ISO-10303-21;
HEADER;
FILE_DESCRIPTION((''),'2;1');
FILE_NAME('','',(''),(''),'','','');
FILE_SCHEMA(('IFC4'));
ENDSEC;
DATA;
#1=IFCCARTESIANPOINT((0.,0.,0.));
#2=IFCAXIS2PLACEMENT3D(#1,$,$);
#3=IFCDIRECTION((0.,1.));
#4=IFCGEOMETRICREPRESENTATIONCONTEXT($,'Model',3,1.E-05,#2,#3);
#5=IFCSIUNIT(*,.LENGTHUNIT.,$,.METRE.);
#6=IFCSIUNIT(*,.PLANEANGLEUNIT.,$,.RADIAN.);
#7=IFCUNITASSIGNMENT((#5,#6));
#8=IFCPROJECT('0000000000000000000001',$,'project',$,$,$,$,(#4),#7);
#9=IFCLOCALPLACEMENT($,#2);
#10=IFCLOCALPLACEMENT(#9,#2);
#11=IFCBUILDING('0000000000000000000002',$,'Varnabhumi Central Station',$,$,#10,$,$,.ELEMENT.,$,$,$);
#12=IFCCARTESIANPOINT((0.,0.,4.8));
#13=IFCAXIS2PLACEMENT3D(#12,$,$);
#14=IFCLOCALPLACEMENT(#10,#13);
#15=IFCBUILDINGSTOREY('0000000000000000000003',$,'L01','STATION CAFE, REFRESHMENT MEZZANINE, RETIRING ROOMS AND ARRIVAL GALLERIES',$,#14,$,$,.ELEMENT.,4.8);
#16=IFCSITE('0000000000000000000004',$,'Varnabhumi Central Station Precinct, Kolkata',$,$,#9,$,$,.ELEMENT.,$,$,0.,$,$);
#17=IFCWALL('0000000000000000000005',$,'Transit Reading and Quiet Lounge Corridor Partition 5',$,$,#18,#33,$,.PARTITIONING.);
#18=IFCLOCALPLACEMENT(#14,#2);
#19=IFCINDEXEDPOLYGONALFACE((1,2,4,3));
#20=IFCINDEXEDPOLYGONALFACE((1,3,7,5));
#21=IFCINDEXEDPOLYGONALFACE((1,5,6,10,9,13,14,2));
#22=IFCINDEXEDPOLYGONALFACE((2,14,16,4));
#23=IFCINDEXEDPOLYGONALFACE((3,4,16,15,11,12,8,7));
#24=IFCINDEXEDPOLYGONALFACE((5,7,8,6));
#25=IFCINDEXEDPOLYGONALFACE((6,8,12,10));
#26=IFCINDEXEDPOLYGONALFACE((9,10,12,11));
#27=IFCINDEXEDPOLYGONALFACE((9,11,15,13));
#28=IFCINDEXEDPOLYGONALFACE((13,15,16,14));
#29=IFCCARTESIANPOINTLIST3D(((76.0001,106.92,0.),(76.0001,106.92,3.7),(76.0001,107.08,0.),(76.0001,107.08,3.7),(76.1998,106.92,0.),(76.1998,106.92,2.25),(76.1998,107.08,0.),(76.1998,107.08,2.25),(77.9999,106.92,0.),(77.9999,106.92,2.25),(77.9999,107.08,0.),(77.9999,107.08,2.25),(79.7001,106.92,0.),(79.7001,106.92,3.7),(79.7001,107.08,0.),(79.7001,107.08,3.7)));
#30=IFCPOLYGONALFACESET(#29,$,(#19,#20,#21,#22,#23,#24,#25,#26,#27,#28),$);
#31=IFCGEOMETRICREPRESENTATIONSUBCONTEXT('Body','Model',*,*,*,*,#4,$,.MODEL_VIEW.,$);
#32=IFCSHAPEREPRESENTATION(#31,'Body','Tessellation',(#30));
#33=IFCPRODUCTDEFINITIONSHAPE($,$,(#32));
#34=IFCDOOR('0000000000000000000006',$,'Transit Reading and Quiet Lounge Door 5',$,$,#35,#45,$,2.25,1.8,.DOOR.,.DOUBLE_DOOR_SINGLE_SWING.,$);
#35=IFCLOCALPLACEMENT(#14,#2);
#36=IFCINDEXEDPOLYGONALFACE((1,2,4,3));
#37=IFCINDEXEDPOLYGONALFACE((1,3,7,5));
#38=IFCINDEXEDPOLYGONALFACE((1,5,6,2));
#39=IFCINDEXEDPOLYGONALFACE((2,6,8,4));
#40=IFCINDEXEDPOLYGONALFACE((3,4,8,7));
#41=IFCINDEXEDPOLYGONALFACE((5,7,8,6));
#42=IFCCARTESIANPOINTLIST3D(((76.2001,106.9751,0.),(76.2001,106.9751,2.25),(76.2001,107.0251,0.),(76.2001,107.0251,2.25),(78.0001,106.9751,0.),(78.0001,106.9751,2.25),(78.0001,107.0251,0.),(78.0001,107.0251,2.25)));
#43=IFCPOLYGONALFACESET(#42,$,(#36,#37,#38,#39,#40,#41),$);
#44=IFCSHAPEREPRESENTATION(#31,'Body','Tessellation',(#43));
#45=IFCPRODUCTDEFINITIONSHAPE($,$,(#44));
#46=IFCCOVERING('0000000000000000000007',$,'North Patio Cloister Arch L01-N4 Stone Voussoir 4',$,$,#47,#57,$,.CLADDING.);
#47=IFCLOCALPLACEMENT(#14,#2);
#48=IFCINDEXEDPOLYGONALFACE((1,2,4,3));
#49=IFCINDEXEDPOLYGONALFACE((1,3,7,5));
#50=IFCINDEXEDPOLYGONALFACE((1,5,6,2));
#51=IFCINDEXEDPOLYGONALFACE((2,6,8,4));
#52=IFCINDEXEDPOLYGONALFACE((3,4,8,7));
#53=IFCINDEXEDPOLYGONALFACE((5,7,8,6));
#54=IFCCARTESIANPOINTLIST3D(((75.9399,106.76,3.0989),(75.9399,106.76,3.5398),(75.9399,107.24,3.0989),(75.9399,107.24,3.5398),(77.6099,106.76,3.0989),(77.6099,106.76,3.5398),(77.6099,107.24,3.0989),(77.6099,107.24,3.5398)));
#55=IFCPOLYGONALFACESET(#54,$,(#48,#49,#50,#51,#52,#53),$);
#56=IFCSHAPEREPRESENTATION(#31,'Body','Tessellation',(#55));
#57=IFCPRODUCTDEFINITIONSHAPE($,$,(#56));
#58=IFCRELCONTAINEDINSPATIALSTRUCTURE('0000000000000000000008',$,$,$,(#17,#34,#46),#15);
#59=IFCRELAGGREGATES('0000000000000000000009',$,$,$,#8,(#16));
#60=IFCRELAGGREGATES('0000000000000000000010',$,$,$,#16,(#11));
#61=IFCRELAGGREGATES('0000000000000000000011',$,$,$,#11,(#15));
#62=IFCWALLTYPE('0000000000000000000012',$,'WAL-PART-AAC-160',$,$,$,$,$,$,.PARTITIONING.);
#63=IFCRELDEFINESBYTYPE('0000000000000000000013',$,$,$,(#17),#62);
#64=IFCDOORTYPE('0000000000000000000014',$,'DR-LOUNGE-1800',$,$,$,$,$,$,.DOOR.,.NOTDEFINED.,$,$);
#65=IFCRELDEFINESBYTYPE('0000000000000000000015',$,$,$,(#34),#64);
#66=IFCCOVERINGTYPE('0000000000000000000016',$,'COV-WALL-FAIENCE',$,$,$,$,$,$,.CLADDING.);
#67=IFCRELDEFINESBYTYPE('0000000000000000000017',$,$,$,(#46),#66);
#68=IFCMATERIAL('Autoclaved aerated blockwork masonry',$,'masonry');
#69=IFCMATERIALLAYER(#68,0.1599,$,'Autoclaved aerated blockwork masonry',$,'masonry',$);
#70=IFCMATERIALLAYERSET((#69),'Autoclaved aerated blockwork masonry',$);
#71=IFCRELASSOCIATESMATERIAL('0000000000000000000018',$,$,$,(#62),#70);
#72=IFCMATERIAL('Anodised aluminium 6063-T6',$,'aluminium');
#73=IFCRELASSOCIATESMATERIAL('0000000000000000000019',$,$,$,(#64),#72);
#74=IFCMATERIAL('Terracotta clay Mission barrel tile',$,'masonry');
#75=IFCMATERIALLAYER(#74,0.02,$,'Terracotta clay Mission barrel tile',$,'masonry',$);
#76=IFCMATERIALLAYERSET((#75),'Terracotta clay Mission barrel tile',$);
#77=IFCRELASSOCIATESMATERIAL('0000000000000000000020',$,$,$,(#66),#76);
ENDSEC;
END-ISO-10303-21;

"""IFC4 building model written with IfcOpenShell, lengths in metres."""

from ifc_helpers import new_model, si_unit, direction, frame, frame_2d, origin, origin_2d, place, context, subcontext, project, spatial, rectangle, extrude, material, layer, layer_set, type_object, element, fill, save


model = new_model("IFC4")

# Units and contexts
model_context = context("Model", 3, precision=1e-05, world=origin(), true_north=direction((0.0, 1.0)))
body_context = subcontext(model_context, "Body", "Model", "MODEL_VIEW")
ifc_project = project(units=[si_unit("LENGTHUNIT", "METRE"), si_unit("PLANEANGLEUNIT", "RADIAN")], contexts=[model_context])

# Site, building, storey
site_placement = place(None, origin())
site = spatial("IfcSite", under=ifc_project, at=site_placement, Name="Varnabhumi Central Station Precinct, Kolkata", CompositionType="ELEMENT", RefElevation=0.0)
building_placement = place(site_placement, origin())
building = spatial("IfcBuilding", under=site, at=building_placement, Name="Varnabhumi Central Station", CompositionType="ELEMENT")
storey_placement = place(building_placement, frame((0.0, 0.0, 4.8)))
storey = spatial("IfcBuildingStorey", under=building, at=storey_placement, Name="L01", Description="STATION CAFE, REFRESHMENT MEZZANINE, RETIRING ROOMS AND ARRIVAL GALLERIES", CompositionType="ELEMENT", Elevation=4.8)

# Shared definitions
ifc_material_1 = material(Name="Anodised aluminium 6063-T6", Category="aluminium")

# Wall, opening, door
ifc_material_2 = material(Name="Autoclaved aerated blockwork masonry", Category="masonry")
ifc_layer_1 = layer(ifc_material_2, 0.1599, Name="Autoclaved aerated blockwork masonry", Category="masonry")
ifc_layer_set_1 = layer_set([ifc_layer_1], Name="Autoclaved aerated blockwork masonry")
wall_type = type_object("IfcWallType", Name="WAL-PART-AAC-160", PredefinedType="PARTITIONING", material=ifc_layer_set_1)
wall_placement = place(storey_placement, frame((76.0, 107.0, 0.0), z_axis=(0.0, 0.0, 1.0), x_axis=(1.0, 0.0, 0.0)))
wall = element("IfcWall", 1, at=wall_placement, inside=storey, type_object=wall_type, Name="Transit Reading and Quiet Lounge Corridor Partition 5", PredefinedType="PARTITIONING", context=body_context, shape_type="SweptSolid", body=[
    extrude(rectangle(XDim=3.7, YDim=0.1599, at=frame_2d((1.8501, 0.0))), origin(), (0.0, 0.0, 1.0), 3.7),
])
opening_placement = place(wall_placement, frame((0.2, 0.0, 0.0)))
opening = element("IfcOpeningElement", 2, at=opening_placement, cuts=wall, PredefinedType="OPENING", context=body_context, shape_type="SweptSolid", body=[
    extrude(rectangle(XDim=1.8, YDim=2.25, at=frame_2d((0.8999, 1.125))), frame((0.0, 0.0898, 0.0), z_axis=(0.0, -1.0, 0.0), x_axis=(1.0, 0.0, 0.0)), (0.0, 0.0, 1.0), 0.1799),
])
door_type = type_object("IfcDoorType", Name="DR-LOUNGE-1800", OperationType="NOTDEFINED", PredefinedType="DOOR", material=ifc_material_1)
door_placement = place(opening_placement, frame((1.8, 0.0, 0.0), z_axis=(0.0, 0.0, 1.0), x_axis=(-1.0, 0.0, 0.0)))
door = element("IfcDoor", 3, at=door_placement, inside=storey, type_object=door_type, Name="Transit Reading and Quiet Lounge Door 5", OperationType="DOUBLE_DOOR_SINGLE_SWING", OverallHeight=2.25, OverallWidth=1.8, PredefinedType="DOOR", context=body_context, shape_type="SweptSolid", body=[
    extrude(rectangle(XDim=1.8, YDim=2.25, at=frame_2d((0.8999, 1.125))), frame((0.0, 0.0249, 0.0), z_axis=(0.0, -1.0, 0.0), x_axis=(1.0, 0.0, 0.0)), (0.0, 0.0, 1.0), 0.05),
])
fill(opening, door)

# Covering
ifc_material_3 = material(Name="Terracotta clay Mission barrel tile", Category="masonry")
ifc_layer_2 = layer(ifc_material_3, 0.02, Name="Terracotta clay Mission barrel tile", Category="masonry")
ifc_layer_set_2 = layer_set([ifc_layer_2], Name="Terracotta clay Mission barrel tile")
covering_type = type_object("IfcCoveringType", Name="COV-WALL-FAIENCE", PredefinedType="CLADDING", material=ifc_layer_set_2)
covering_placement = place(storey_placement, frame((76.7749, 107.0, 3.0989), z_axis=(0.0, 0.0, 1.0), x_axis=(1.0, 0.0, 0.0)))
element("IfcCovering", 4, at=covering_placement, inside=storey, type_object=covering_type, Name="North Patio Cloister Arch L01-N4 Stone Voussoir 4", PredefinedType="CLADDING", context=body_context, shape_type="SweptSolid", body=[
    extrude(rectangle(XDim=1.6699, YDim=0.48, at=origin_2d()), origin(), (0.0, 0.0, 1.0), 0.4409),
])

save(model, "model.ifc")
